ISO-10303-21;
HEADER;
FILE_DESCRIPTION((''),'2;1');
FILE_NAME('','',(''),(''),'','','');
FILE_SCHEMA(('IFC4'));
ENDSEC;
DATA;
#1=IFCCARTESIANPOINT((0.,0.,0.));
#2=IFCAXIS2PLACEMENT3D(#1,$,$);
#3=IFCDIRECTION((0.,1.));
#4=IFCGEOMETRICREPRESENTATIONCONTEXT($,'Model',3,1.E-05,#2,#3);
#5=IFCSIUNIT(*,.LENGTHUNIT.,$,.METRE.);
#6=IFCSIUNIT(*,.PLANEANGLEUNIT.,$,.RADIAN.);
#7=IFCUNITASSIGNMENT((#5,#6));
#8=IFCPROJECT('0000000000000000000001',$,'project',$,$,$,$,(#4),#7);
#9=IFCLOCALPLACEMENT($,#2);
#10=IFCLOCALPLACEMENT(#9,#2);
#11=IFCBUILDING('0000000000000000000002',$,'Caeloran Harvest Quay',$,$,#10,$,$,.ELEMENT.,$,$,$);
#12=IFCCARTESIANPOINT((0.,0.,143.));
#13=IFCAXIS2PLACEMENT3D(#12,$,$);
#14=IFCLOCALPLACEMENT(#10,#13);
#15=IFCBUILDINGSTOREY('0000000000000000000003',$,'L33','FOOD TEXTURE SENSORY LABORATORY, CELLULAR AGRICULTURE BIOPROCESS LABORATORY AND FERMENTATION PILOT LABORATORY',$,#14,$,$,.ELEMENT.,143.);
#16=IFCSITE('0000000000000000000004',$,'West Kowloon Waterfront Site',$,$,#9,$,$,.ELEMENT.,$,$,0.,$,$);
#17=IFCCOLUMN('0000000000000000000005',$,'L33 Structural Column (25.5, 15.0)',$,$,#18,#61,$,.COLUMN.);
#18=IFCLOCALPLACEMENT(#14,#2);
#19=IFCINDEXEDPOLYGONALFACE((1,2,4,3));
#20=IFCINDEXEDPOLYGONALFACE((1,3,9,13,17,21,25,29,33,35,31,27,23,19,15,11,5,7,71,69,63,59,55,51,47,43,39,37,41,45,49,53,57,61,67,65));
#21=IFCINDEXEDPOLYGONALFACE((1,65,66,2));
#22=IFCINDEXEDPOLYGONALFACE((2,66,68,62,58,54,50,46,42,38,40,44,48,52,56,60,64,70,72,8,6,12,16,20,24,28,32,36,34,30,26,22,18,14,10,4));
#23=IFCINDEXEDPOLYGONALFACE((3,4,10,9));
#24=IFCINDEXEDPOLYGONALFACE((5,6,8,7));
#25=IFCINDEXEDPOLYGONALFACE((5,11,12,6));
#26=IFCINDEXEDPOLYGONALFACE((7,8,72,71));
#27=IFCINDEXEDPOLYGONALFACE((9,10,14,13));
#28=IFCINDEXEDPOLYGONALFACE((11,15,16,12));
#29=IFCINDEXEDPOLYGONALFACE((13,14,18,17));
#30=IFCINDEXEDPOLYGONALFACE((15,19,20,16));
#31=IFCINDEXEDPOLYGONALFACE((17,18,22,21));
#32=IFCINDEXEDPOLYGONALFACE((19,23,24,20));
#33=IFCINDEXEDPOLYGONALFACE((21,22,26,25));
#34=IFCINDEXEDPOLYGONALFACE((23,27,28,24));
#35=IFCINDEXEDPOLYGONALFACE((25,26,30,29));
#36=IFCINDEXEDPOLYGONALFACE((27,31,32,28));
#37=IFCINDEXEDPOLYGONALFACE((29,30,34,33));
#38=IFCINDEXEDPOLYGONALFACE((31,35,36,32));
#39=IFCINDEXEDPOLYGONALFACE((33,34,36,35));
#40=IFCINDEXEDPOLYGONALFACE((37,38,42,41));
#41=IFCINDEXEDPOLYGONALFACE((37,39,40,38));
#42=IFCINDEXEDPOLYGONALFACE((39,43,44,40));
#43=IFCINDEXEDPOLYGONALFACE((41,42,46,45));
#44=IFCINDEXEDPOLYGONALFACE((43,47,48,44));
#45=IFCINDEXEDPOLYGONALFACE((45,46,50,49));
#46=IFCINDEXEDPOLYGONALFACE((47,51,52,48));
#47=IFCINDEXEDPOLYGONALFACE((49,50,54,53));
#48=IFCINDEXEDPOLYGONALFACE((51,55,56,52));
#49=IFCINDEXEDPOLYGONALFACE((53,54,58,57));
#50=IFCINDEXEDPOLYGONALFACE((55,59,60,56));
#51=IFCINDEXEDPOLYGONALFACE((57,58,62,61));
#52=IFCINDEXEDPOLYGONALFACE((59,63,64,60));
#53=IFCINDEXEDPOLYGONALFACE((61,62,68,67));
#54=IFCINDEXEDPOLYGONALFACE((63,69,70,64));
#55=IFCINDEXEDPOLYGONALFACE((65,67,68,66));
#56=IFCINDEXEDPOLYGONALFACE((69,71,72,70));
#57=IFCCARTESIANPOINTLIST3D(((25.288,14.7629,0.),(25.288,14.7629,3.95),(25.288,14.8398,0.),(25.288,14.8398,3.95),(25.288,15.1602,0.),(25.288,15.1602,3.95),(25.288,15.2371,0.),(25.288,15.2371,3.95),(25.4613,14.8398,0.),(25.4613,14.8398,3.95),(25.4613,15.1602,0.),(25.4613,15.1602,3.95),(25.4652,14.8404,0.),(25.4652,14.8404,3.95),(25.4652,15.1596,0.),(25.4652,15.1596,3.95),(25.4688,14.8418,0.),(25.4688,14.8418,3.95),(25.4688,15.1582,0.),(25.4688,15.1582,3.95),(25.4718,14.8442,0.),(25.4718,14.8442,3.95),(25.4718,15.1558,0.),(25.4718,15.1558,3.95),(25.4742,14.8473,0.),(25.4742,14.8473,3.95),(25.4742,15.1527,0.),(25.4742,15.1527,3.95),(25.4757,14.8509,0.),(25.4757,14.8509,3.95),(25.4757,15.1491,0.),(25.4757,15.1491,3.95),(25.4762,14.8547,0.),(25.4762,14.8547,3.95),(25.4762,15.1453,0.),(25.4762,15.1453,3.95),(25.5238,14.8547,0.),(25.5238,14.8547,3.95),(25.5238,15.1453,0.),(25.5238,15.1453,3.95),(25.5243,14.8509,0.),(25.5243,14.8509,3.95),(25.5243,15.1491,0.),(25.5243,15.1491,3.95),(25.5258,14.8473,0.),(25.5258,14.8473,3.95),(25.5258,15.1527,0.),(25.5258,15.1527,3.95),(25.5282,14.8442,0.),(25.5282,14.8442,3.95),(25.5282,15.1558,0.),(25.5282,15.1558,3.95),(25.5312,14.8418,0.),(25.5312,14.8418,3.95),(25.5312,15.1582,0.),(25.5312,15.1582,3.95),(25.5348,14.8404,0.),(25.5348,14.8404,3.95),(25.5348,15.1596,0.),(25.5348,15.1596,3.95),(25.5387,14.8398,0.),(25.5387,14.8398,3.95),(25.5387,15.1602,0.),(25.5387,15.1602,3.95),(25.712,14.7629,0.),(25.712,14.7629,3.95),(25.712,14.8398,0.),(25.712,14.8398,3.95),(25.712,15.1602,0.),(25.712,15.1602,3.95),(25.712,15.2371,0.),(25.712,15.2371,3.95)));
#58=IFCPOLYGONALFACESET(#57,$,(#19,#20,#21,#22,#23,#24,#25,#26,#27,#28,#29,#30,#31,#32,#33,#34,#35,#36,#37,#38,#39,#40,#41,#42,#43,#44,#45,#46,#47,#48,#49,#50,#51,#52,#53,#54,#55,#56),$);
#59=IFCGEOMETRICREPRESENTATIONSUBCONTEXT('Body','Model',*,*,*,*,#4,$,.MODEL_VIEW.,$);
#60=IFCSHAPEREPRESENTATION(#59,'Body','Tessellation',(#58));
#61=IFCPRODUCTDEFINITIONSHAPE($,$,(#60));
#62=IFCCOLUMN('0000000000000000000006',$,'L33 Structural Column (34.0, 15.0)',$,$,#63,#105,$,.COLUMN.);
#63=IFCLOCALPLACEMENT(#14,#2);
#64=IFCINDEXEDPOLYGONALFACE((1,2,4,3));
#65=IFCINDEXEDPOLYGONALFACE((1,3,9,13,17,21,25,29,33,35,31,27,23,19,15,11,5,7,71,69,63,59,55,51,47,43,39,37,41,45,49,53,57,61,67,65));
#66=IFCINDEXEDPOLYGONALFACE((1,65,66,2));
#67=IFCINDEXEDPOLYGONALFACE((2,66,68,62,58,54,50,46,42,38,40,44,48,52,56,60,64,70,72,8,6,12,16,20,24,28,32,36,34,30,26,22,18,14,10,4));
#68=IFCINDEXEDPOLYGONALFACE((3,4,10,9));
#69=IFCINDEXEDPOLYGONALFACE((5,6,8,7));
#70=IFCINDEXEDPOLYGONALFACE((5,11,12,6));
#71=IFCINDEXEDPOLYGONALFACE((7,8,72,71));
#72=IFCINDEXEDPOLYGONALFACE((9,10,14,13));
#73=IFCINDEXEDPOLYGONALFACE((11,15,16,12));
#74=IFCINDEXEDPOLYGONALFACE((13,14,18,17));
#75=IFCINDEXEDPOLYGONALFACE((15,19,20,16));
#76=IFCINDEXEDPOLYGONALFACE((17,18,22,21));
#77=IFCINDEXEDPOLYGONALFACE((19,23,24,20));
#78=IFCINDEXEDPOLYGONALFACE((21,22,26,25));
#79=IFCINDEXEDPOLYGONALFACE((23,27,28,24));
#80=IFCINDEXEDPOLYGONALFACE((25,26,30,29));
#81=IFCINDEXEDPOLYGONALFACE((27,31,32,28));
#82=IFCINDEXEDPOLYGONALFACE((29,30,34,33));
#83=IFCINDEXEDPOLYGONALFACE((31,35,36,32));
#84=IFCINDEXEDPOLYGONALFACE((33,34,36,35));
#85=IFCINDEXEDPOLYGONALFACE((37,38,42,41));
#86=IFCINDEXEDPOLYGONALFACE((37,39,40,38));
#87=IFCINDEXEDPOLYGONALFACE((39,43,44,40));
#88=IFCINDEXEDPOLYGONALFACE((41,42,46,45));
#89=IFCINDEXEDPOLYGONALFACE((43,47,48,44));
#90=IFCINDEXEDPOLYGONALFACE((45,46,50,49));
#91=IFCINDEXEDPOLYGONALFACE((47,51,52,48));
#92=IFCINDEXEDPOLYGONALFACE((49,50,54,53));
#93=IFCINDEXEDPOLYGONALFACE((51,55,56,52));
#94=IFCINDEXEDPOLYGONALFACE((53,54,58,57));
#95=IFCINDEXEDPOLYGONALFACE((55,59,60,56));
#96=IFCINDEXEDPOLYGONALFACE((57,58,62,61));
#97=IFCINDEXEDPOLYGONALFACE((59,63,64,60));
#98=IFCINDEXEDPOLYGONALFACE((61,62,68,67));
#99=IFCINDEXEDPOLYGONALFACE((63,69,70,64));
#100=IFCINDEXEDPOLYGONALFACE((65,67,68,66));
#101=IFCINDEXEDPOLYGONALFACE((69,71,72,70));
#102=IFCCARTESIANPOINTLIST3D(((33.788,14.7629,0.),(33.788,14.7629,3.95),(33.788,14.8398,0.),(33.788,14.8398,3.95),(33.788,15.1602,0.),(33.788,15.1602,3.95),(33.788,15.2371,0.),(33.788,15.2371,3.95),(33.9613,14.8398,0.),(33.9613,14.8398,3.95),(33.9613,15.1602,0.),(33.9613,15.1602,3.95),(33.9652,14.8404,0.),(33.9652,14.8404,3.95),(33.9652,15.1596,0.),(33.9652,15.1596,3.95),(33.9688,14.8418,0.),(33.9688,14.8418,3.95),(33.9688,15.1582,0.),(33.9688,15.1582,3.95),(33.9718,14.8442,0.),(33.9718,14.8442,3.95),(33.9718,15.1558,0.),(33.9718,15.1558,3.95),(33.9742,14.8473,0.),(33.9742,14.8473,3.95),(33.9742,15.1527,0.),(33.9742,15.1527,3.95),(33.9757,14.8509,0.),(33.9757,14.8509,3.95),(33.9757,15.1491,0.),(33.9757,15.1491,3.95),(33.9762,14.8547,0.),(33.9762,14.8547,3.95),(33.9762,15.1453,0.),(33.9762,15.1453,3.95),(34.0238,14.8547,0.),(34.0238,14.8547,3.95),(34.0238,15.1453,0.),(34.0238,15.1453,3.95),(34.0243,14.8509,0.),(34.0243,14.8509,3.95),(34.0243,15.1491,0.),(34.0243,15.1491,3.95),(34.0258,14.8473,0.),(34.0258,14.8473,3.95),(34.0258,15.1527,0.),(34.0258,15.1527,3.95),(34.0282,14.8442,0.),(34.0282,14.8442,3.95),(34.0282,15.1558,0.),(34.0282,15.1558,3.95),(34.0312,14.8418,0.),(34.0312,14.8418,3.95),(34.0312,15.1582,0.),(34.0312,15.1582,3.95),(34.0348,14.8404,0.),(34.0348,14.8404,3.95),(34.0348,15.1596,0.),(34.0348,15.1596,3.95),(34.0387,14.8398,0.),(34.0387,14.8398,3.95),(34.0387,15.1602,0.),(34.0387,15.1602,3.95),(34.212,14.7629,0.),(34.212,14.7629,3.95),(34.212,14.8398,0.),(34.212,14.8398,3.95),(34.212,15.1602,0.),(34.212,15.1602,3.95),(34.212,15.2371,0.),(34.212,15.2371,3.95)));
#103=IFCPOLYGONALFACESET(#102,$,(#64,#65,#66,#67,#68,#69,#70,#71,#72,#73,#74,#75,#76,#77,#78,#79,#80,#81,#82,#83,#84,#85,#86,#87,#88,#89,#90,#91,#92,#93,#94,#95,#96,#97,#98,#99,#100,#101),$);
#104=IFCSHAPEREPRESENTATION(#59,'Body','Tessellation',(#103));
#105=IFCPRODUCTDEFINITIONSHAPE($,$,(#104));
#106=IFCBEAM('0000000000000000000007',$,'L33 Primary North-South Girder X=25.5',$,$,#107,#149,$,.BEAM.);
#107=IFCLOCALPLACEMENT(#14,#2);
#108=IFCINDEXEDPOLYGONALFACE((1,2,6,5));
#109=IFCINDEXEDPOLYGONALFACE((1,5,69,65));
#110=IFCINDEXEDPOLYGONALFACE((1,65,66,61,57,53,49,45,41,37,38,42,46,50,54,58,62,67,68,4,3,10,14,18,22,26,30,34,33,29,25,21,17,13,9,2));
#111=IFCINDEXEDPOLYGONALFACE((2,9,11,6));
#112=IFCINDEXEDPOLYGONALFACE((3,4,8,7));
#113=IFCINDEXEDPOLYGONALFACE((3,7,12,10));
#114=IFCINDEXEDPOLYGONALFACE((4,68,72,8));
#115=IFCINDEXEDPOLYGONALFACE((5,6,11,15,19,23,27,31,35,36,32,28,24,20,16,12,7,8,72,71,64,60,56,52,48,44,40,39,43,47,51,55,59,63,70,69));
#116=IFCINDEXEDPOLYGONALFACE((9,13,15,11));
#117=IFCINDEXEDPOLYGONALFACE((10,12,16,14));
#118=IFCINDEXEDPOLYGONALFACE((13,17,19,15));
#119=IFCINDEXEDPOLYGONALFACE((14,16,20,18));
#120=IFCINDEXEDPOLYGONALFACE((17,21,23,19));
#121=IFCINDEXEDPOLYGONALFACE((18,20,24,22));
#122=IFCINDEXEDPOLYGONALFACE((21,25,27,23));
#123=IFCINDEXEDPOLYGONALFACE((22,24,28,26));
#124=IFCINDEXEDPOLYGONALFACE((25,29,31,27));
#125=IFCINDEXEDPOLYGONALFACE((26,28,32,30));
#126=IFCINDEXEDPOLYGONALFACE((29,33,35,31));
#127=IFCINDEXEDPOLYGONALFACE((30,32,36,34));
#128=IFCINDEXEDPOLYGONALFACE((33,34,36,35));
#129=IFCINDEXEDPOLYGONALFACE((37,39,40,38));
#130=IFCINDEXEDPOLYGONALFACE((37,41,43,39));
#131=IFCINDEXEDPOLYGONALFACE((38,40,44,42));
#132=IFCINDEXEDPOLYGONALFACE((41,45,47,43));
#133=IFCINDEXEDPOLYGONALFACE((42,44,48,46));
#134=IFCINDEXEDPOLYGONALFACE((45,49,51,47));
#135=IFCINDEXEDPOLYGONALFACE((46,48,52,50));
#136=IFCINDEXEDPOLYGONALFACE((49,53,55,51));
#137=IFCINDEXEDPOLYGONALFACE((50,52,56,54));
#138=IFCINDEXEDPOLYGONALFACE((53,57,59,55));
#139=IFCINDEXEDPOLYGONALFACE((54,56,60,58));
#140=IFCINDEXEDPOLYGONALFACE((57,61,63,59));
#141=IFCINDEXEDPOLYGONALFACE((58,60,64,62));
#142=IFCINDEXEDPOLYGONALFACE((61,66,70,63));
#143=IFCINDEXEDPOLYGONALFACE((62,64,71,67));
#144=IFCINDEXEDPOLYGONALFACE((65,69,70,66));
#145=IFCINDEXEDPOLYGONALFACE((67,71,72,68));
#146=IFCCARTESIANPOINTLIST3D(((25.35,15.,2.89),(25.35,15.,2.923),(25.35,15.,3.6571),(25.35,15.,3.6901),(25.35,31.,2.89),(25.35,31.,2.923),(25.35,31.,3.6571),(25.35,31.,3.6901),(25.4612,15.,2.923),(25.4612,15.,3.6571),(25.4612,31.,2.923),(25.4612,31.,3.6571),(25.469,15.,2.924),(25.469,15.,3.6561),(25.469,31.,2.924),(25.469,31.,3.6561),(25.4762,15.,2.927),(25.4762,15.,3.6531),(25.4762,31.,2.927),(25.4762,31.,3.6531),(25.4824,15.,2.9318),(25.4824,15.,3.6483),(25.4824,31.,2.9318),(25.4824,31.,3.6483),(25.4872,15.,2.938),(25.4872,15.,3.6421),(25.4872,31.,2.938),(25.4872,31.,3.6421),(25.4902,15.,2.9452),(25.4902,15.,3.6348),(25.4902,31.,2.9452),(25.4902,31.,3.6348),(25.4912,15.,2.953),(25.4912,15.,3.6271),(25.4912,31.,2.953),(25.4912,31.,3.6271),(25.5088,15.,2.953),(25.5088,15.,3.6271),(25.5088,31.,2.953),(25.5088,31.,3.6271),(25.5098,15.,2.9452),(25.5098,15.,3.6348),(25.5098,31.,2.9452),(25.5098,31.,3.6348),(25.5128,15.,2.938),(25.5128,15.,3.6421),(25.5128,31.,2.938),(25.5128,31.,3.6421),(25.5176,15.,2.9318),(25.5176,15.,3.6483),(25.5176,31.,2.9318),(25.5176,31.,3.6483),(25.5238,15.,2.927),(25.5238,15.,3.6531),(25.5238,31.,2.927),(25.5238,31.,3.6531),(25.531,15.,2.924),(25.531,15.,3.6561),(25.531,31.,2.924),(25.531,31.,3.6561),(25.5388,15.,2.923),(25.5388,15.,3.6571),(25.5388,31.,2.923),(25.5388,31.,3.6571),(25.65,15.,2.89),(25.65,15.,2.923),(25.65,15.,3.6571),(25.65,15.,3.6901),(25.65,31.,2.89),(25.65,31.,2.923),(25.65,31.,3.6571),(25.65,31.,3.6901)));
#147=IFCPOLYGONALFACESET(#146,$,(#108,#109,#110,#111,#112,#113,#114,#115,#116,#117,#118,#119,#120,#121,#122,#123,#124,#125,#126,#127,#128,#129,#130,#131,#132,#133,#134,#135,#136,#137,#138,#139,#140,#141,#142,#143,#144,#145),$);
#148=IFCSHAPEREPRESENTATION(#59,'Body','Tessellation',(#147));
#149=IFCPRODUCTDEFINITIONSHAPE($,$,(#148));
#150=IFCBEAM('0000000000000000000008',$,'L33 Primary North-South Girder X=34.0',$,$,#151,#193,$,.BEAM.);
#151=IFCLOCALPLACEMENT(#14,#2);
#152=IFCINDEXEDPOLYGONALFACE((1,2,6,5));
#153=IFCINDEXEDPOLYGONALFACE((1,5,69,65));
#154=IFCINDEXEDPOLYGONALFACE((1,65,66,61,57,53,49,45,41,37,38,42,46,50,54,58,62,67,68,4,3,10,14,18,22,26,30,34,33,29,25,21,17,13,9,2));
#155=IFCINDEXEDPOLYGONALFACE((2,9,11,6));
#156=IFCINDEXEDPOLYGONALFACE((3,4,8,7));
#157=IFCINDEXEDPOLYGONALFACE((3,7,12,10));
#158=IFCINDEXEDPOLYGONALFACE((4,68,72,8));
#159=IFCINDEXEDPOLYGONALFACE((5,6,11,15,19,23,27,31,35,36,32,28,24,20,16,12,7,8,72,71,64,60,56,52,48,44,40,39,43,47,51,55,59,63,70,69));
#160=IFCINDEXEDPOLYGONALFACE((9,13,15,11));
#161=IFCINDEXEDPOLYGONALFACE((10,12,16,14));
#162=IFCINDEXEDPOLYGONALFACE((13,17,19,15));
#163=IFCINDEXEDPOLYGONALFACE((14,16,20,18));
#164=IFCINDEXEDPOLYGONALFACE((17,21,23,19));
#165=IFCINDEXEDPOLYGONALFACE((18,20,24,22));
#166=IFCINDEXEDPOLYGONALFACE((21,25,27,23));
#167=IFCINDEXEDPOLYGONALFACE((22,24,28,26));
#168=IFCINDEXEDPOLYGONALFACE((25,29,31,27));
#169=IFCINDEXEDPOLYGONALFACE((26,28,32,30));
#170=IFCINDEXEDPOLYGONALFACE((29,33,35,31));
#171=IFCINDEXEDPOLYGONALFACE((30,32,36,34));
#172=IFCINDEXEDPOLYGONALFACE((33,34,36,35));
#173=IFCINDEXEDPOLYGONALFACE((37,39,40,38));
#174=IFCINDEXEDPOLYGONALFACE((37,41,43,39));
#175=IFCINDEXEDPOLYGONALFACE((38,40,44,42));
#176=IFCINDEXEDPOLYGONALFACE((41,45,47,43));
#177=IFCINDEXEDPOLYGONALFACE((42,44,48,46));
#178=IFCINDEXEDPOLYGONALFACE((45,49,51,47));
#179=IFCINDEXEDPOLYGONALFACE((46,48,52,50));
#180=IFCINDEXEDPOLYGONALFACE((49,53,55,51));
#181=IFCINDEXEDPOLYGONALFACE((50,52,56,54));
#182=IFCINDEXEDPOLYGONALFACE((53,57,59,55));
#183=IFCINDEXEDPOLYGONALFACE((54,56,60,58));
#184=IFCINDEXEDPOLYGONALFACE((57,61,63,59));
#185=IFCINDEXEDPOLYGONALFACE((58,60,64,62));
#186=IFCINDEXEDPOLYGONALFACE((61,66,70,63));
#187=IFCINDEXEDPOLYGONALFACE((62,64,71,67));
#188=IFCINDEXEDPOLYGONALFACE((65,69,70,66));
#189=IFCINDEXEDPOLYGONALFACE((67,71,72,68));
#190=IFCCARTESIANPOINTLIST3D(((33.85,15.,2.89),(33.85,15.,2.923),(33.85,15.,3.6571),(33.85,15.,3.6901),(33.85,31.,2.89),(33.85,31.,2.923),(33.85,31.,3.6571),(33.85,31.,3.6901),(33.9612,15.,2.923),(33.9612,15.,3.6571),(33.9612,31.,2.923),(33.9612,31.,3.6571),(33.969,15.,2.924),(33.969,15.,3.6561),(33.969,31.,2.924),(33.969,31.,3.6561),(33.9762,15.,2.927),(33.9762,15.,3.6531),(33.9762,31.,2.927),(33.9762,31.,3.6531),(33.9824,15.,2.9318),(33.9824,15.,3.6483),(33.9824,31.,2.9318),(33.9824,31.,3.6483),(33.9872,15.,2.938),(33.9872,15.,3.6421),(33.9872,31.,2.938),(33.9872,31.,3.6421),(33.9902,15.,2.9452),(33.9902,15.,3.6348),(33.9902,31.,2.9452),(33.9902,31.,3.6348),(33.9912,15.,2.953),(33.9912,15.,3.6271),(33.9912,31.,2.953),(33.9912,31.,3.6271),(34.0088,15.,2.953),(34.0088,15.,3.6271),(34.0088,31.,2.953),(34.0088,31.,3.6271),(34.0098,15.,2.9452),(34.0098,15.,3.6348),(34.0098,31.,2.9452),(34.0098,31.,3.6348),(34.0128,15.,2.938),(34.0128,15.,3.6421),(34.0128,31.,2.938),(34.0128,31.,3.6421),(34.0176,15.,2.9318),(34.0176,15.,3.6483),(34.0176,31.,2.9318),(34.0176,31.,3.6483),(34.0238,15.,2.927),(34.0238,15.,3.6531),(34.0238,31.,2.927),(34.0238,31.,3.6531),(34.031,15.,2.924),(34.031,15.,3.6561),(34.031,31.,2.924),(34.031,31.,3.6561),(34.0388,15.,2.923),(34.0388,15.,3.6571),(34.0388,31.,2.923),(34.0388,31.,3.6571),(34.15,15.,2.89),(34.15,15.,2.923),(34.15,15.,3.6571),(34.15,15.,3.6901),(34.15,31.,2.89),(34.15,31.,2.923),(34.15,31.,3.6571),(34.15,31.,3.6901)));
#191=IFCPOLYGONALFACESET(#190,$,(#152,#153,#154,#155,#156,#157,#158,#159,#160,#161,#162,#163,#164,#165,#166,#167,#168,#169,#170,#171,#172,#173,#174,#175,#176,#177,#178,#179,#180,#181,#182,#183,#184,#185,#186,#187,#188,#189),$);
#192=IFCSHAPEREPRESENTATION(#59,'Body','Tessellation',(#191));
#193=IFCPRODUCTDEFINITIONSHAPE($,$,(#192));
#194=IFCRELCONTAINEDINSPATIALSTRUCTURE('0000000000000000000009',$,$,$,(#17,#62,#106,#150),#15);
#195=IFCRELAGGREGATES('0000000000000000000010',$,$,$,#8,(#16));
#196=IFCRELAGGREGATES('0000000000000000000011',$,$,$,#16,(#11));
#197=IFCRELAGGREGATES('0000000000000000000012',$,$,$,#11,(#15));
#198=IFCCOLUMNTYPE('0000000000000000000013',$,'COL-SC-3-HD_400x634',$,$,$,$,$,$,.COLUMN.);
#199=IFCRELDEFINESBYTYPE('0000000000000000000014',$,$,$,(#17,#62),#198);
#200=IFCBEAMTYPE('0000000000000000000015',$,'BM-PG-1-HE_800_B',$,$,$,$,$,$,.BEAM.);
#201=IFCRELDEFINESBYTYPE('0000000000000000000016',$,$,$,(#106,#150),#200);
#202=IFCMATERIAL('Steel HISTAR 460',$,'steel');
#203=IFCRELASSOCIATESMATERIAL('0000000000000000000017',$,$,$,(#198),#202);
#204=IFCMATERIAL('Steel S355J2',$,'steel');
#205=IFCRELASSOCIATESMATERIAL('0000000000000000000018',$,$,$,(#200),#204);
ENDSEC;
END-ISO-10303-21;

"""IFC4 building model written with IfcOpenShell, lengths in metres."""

from ifc_helpers import new_model, si_unit, direction, frame, origin, origin_2d, place, context, subcontext, project, spatial, i_section, extrude, material, material_profile, profile_set, type_object, element, save


model = new_model("IFC4")

# Units and contexts
model_context = context("Model", 3, precision=1e-05, world=origin(), true_north=direction((0.0, 1.0)))
body_context = subcontext(model_context, "Body", "Model", "MODEL_VIEW")
ifc_project = project(units=[si_unit("LENGTHUNIT", "METRE"), si_unit("PLANEANGLEUNIT", "RADIAN")], contexts=[model_context])

# Site, building, storey
site_placement = place(None, origin())
site = spatial("IfcSite", under=ifc_project, at=site_placement, Name="West Kowloon Waterfront Site", CompositionType="ELEMENT", RefElevation=0.0)
building_placement = place(site_placement, origin())
building = spatial("IfcBuilding", under=site, at=building_placement, Name="Caeloran Harvest Quay", CompositionType="ELEMENT")
storey_placement = place(building_placement, frame((0.0, 0.0, 143.0)))
storey = spatial("IfcBuildingStorey", under=building, at=storey_placement, Name="L33", Description="FOOD TEXTURE SENSORY LABORATORY, CELLULAR AGRICULTURE BIOPROCESS LABORATORY AND FERMENTATION PILOT LABORATORY", CompositionType="ELEMENT", Elevation=143.0)

# Columns
ifc_material_1 = material(Name="Steel HISTAR 460", Category="steel")
ifc_material_profile_1 = material_profile(ifc_material_1, i_section(OverallWidth=0.4241, OverallDepth=0.4741, WebThickness=0.0476, FlangeThickness=0.0769, FilletRadius=0.0149, at=origin_2d()), Name="HD 400x634")
ifc_profile_set_1 = profile_set([ifc_material_profile_1], Name="Steel HISTAR 460")
column_type = type_object("IfcColumnType", Name="COL-SC-3-HD_400x634", PredefinedType="COLUMN", material=ifc_profile_set_1)
for number, where, z_axis, x_axis, name in (
    (1, (25.5, 15.0, 0.0), (0.0, 0.0, 1.0), (1.0, 0.0, 0.0), "L33 Structural Column (25.5, 15.0)"),
    (2, (34.0, 15.0, 0.0), (0.0, 0.0, 1.0), (1.0, 0.0, 0.0), "L33 Structural Column (34.0, 15.0)"),
):
    element("IfcColumn", number, at=place(storey_placement, frame(where, z_axis=z_axis, x_axis=x_axis)), inside=storey, type_object=column_type, Name=name, PredefinedType="COLUMN", context=body_context, shape_type="SweptSolid", body=[
        extrude(i_section(OverallWidth=0.4241, OverallDepth=0.4741, WebThickness=0.0476, FlangeThickness=0.0769, FilletRadius=0.0149, at=origin_2d()), origin(), (0.0, 0.0, 1.0), 3.95),
    ])

# Beams
ifc_material_2 = material(Name="Steel S355J2", Category="steel")
ifc_material_profile_2 = material_profile(ifc_material_2, i_section(OverallWidth=0.3, OverallDepth=0.8, WebThickness=0.0176, FlangeThickness=0.033, FilletRadius=0.03, at=origin_2d()), Name="HE 800 B")
ifc_profile_set_2 = profile_set([ifc_material_profile_2], Name="Steel S355J2")
beam_type_1 = type_object("IfcBeamType", Name="BM-PG-1-HE_800_B", PredefinedType="BEAM", material=ifc_profile_set_2)
for number, where, z_axis, x_axis, name in (
    (3, (25.5, 15.0, 3.29), (0.0, 1.0, 0.0), (-1.0, 0.0, 0.0), "L33 Primary North-South Girder X=25.5"),
    (4, (34.0, 15.0, 3.29), (0.0, 1.0, 0.0), (-1.0, 0.0, 0.0), "L33 Primary North-South Girder X=34.0"),
):
    element("IfcBeam", number, at=place(storey_placement, frame(where, z_axis=z_axis, x_axis=x_axis)), inside=storey, type_object=beam_type_1, Name=name, PredefinedType="BEAM", context=body_context, shape_type="SweptSolid", body=[
        extrude(i_section(OverallWidth=0.3, OverallDepth=0.8, WebThickness=0.0176, FlangeThickness=0.033, FilletRadius=0.03, at=origin_2d()), origin(), (0.0, 0.0, 1.0), 16.0),
    ])

save(model, "model.ifc")
